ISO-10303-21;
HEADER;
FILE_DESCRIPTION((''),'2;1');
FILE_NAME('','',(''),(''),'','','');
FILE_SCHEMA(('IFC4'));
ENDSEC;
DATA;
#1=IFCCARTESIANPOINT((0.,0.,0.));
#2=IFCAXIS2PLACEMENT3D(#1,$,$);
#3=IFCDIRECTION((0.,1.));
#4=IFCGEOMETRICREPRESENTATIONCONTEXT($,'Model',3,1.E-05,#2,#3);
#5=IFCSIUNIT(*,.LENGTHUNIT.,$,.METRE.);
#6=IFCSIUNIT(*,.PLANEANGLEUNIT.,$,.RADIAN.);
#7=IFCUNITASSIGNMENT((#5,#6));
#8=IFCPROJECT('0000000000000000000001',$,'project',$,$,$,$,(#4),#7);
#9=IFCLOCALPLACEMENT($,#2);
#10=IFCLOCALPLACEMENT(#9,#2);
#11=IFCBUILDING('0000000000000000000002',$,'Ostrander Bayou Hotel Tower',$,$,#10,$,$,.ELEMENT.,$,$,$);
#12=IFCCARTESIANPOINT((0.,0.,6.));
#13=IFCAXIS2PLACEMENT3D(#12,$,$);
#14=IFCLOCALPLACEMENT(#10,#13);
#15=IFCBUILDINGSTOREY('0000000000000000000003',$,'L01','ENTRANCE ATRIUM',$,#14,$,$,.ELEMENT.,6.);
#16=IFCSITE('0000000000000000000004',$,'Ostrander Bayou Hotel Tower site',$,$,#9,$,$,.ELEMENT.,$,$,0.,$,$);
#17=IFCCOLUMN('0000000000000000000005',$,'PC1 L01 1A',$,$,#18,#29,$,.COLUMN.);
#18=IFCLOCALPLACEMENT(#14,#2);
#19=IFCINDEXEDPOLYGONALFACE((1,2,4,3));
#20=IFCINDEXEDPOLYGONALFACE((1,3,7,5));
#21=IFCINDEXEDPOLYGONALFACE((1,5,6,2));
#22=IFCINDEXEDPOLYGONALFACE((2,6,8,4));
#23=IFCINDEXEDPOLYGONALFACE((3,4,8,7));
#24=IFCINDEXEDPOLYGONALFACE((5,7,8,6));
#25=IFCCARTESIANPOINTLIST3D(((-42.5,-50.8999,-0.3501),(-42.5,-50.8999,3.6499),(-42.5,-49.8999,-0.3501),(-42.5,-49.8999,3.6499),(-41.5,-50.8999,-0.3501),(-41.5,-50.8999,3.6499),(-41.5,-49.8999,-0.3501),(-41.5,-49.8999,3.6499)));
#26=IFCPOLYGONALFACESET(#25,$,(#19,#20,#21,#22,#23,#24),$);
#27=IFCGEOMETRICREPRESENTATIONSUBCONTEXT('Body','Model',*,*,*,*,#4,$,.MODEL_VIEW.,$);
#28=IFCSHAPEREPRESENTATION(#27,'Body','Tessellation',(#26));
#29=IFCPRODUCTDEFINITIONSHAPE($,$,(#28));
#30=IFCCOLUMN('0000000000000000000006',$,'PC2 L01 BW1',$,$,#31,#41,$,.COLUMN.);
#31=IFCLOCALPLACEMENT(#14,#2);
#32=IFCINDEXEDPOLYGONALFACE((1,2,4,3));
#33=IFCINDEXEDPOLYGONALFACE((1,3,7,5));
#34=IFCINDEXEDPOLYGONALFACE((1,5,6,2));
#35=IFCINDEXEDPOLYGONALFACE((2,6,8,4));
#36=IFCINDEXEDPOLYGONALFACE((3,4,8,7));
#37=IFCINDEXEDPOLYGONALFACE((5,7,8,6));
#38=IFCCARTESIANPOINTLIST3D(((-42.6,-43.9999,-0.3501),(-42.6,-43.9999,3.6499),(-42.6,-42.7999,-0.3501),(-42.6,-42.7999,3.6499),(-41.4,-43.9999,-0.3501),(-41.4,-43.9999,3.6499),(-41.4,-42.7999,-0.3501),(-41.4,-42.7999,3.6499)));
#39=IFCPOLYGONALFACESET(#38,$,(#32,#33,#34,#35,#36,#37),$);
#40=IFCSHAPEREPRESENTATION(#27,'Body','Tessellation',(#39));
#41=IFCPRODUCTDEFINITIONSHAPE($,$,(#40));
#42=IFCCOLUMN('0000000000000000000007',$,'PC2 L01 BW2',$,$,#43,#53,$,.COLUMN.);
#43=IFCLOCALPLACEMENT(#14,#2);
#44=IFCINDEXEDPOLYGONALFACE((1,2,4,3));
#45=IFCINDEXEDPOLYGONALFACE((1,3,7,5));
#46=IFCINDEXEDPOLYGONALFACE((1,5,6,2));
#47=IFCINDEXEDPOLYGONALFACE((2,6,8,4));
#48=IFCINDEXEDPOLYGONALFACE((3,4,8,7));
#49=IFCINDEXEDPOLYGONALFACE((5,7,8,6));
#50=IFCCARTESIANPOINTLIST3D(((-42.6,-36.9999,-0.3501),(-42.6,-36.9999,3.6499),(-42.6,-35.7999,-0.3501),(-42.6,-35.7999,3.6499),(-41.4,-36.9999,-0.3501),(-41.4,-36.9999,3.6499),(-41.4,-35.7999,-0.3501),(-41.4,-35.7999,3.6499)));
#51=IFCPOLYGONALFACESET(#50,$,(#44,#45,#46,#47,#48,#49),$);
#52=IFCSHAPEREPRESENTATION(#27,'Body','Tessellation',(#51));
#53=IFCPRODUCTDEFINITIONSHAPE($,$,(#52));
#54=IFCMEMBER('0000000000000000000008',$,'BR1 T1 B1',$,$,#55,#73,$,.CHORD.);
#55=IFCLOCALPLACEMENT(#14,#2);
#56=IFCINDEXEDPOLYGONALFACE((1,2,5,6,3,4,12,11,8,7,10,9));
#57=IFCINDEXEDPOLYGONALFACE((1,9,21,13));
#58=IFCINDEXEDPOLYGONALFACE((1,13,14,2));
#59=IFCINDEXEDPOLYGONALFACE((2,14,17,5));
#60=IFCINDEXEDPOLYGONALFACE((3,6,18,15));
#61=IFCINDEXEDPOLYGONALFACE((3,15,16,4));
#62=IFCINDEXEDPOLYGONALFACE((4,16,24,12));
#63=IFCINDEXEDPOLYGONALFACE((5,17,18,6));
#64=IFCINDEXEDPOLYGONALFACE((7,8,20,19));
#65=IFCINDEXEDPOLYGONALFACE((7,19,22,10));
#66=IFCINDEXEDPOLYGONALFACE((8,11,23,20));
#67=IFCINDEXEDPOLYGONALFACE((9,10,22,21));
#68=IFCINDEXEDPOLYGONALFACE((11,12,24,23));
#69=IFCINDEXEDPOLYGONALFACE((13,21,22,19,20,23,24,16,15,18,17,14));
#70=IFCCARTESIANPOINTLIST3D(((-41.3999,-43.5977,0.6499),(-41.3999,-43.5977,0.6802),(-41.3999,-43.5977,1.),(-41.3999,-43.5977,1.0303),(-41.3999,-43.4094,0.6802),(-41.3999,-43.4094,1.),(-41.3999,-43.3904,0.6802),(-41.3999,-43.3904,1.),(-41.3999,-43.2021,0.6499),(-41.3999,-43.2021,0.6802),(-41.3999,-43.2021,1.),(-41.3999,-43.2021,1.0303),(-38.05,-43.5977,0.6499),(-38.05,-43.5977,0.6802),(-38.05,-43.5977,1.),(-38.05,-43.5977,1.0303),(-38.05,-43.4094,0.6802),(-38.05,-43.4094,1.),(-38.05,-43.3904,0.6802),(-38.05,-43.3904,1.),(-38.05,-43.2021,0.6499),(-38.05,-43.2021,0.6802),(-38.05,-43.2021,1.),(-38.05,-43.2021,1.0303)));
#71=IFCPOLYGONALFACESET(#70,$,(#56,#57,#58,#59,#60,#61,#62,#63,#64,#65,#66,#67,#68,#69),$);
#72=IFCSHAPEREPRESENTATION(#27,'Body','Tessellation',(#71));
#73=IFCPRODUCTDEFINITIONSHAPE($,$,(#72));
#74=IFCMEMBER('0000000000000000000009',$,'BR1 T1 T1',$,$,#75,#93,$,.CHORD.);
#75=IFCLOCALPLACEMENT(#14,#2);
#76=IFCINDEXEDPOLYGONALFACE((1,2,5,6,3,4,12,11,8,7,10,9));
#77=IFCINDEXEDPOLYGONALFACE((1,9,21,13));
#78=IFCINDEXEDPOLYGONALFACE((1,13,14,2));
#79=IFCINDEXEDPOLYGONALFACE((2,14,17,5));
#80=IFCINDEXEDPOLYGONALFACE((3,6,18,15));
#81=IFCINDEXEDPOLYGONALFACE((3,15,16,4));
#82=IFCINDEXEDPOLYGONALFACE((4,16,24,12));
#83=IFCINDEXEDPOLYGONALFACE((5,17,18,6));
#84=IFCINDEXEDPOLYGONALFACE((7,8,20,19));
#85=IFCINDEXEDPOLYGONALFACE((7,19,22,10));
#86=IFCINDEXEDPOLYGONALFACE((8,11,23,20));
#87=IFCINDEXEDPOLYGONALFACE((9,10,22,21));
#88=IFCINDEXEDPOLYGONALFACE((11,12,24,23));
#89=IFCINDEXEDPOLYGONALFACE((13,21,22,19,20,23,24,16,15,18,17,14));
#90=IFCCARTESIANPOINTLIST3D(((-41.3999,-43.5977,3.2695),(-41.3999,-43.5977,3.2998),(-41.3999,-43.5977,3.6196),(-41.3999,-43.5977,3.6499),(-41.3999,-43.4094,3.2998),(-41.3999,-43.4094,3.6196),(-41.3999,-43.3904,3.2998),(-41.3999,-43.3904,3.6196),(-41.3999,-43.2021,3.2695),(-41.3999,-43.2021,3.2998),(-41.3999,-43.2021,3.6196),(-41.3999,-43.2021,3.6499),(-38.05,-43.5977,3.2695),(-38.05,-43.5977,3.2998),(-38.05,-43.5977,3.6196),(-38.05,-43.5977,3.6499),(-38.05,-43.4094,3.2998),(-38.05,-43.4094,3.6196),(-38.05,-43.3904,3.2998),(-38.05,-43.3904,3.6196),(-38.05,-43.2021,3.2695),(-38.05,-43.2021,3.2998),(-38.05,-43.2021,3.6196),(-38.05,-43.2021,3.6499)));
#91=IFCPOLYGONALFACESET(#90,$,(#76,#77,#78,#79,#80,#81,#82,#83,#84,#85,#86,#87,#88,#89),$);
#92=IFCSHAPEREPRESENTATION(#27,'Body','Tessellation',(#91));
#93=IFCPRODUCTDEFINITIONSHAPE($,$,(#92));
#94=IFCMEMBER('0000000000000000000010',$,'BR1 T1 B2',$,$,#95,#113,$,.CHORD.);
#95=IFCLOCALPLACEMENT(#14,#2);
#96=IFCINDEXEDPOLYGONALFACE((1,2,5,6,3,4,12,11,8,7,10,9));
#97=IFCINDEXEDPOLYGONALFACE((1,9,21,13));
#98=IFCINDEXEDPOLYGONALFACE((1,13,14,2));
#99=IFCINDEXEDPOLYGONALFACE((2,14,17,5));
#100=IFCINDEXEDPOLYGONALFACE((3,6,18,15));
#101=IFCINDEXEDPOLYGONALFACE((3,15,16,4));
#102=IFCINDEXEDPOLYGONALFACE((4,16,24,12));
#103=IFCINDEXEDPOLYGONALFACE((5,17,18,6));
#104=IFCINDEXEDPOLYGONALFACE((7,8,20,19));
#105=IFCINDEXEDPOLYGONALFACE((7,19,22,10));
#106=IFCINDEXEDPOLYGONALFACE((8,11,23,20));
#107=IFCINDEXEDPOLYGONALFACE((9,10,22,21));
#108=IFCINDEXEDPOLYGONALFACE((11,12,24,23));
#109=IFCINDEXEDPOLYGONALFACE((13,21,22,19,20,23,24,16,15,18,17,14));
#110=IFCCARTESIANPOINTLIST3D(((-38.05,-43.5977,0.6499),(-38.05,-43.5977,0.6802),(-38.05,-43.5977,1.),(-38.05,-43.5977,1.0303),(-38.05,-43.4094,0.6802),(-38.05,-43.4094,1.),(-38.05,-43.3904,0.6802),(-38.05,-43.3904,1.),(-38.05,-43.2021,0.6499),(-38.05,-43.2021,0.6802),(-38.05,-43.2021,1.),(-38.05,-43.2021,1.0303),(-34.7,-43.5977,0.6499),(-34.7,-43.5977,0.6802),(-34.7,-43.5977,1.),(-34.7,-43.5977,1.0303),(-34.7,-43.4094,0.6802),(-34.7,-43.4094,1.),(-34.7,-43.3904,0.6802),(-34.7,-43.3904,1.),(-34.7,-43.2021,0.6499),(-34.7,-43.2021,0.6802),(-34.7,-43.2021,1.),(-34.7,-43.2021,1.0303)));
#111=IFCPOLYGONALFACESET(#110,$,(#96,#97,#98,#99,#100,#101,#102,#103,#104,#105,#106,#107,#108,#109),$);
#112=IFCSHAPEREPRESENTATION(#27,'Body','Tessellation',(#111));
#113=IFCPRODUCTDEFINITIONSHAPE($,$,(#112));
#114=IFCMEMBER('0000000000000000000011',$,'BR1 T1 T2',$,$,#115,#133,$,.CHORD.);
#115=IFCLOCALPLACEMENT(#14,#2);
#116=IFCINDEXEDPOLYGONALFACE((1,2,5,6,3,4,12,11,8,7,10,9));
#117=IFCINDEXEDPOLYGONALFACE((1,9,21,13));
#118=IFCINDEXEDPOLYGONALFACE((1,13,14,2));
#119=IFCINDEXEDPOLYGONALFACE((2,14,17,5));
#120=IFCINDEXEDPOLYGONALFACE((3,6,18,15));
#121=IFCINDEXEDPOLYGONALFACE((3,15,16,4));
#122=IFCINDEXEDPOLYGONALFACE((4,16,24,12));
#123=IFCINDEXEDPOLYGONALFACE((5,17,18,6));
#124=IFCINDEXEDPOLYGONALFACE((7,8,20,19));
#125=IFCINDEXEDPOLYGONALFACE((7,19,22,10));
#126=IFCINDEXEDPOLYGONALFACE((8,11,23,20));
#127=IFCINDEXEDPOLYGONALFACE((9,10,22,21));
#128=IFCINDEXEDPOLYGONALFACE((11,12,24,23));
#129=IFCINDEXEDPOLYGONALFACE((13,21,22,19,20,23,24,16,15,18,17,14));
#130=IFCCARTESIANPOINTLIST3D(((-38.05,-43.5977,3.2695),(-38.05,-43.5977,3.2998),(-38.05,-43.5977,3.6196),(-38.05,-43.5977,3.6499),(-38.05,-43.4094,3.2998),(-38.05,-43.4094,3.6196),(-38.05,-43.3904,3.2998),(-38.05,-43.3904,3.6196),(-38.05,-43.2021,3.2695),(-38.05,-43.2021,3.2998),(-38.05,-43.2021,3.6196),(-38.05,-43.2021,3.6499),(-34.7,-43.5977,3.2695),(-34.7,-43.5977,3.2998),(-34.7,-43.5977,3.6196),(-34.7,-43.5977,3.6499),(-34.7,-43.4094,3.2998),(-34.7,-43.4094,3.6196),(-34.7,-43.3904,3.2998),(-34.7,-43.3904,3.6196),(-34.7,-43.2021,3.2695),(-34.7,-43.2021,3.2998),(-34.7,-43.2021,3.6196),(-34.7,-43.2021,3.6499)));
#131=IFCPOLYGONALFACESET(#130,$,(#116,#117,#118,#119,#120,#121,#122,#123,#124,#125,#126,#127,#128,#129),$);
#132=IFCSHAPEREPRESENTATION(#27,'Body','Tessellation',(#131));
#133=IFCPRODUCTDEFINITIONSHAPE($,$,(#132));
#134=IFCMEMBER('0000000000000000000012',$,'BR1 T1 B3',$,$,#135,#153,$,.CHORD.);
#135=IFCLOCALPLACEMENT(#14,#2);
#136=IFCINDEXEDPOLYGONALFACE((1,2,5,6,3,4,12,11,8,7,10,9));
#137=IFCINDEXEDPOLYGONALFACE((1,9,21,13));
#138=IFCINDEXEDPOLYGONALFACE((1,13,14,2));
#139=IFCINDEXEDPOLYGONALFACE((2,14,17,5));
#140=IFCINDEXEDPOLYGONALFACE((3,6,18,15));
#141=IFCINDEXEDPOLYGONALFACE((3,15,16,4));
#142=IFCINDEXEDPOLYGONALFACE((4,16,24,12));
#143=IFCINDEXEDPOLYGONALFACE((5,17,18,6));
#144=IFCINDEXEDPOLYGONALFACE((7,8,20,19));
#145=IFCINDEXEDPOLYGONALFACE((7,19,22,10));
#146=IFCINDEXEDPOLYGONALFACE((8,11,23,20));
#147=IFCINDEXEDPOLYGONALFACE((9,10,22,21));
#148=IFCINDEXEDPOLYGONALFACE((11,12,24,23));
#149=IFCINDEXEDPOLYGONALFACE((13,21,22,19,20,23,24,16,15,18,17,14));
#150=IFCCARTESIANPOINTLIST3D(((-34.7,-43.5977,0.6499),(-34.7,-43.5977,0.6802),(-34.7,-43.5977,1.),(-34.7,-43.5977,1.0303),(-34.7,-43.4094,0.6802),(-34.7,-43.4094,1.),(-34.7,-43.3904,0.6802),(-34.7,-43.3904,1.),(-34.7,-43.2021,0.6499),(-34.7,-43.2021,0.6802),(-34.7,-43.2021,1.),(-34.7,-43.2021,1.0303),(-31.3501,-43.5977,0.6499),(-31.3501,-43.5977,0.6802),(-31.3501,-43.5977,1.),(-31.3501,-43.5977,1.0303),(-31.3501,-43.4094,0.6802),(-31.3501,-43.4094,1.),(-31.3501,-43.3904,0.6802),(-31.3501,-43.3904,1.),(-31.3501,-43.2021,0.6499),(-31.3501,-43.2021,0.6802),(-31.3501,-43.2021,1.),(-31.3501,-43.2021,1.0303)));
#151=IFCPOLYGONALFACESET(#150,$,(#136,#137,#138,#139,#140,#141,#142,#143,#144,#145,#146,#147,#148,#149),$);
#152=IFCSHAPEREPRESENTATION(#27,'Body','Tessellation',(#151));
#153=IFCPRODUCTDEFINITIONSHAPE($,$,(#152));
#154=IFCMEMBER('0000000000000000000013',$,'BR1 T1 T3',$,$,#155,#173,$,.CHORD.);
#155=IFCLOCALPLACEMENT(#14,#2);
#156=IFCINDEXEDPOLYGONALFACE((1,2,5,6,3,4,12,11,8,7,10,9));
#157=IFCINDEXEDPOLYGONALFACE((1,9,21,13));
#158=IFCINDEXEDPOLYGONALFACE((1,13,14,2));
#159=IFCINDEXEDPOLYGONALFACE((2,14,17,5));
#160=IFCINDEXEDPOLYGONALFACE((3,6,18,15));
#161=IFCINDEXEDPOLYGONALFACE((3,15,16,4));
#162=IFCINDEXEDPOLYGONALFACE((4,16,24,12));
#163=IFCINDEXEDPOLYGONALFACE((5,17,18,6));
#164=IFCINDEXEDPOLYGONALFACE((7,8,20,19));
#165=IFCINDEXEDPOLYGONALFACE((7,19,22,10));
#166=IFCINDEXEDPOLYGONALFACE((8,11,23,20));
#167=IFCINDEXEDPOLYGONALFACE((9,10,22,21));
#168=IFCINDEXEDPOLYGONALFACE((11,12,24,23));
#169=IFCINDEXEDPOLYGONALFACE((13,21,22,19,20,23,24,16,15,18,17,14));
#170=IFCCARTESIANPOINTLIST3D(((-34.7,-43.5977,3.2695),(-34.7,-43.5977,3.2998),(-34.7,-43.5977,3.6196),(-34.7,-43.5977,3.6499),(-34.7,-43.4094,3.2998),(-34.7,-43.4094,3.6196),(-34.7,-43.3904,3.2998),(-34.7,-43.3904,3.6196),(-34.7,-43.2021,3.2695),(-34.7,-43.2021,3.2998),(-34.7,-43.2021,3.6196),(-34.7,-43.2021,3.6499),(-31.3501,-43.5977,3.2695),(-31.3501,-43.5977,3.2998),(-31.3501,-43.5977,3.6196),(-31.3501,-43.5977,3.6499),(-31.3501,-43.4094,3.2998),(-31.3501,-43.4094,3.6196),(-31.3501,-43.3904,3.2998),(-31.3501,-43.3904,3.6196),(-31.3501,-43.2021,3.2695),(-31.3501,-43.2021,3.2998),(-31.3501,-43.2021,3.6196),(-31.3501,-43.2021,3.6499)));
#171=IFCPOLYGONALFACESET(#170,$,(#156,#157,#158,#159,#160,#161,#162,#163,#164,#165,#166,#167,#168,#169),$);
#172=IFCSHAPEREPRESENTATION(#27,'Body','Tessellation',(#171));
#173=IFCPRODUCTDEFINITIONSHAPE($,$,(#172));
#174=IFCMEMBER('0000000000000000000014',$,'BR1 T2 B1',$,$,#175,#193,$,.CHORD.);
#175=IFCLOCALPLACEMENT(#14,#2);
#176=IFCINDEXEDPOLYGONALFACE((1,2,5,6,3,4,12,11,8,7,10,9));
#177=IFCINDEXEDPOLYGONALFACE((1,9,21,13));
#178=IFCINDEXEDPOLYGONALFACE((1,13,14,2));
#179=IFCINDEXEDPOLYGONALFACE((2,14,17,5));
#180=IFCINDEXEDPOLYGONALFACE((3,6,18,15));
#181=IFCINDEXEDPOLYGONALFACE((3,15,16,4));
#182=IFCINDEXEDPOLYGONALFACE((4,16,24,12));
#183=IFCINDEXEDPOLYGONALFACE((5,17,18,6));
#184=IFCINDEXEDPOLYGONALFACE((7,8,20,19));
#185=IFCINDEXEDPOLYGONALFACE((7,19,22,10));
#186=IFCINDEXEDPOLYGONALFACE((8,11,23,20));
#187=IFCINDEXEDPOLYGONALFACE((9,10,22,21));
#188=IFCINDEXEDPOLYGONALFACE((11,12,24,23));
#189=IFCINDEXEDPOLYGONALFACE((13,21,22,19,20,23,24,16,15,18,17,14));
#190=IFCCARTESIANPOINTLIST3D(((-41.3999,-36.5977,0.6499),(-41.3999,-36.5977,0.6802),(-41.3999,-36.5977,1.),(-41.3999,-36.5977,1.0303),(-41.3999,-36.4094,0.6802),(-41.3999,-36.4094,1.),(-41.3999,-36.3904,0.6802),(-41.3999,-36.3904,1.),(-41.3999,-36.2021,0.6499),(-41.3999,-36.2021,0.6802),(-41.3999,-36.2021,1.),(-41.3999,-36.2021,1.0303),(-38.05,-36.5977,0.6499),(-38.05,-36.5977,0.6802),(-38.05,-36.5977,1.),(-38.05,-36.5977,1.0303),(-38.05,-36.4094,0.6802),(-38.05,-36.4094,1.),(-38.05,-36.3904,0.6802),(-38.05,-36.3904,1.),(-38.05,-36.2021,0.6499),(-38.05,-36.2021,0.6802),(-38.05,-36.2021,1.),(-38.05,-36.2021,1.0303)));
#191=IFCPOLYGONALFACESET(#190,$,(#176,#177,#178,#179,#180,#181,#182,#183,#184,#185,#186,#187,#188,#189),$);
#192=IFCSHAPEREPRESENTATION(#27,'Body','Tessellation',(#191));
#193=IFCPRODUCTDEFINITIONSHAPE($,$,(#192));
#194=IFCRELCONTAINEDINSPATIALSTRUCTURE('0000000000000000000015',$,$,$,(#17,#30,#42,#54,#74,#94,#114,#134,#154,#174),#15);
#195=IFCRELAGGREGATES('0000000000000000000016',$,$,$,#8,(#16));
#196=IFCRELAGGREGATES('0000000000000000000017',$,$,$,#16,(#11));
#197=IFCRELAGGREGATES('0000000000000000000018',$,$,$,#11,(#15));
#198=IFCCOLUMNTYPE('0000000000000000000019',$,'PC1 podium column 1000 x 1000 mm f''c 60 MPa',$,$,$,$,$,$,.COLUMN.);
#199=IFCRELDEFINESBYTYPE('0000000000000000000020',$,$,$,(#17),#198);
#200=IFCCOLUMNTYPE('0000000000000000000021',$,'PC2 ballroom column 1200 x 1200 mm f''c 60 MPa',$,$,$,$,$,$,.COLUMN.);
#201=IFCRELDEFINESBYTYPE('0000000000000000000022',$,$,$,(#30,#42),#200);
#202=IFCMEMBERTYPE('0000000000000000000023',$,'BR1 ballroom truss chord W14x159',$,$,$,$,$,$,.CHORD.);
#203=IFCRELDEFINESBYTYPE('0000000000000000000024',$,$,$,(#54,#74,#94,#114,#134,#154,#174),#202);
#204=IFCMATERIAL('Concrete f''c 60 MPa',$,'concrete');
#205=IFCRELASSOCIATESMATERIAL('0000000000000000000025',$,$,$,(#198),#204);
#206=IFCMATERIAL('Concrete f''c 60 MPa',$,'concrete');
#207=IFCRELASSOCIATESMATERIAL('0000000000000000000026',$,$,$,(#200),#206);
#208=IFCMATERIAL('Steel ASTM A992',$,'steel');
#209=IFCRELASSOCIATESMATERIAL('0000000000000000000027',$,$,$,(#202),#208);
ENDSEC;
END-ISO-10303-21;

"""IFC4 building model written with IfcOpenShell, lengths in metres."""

from ifc_helpers import new_model, si_unit, direction, frame, origin, origin_2d, place, context, subcontext, project, spatial, rectangle, i_section, extrude, material, material_profile, profile_set, type_object, element, save


model = new_model("IFC4")

# Units and contexts
model_context = context("Model", 3, precision=1e-05, world=origin(), true_north=direction((0.0, 1.0)))
body_context = subcontext(model_context, "Body", "Model", "MODEL_VIEW")
ifc_project = project(units=[si_unit("LENGTHUNIT", "METRE"), si_unit("PLANEANGLEUNIT", "RADIAN")], contexts=[model_context])

# Site, building, storey
site_placement = place(None, origin())
site = spatial("IfcSite", under=ifc_project, at=site_placement, Name="Ostrander Bayou Hotel Tower site", CompositionType="ELEMENT", RefElevation=0.0)
building_placement = place(site_placement, origin())
building = spatial("IfcBuilding", under=site, at=building_placement, Name="Ostrander Bayou Hotel Tower", CompositionType="ELEMENT")
storey_placement = place(building_placement, frame((0.0, 0.0, 6.0)))
storey = spatial("IfcBuildingStorey", under=building, at=storey_placement, Name="L01", Description="ENTRANCE ATRIUM", CompositionType="ELEMENT", Elevation=6.0)

# Columns
ifc_material_1 = material(Name="Concrete f'c 60 MPa", Category="concrete")
ifc_material_profile_1 = material_profile(ifc_material_1, rectangle(XDim=1.0, YDim=1.0, at=origin_2d()))
ifc_profile_set_1 = profile_set([ifc_material_profile_1], Name="Concrete f'c 60 MPa")
column_type_1 = type_object("IfcColumnType", Name="PC1 podium column 1000 x 1000 mm f'c 60 MPa", PredefinedType="COLUMN", material=ifc_profile_set_1)
column_placement = place(storey_placement, frame((-42.0, -50.3999, -0.3501), z_axis=(0.0, 0.0, 1.0), x_axis=(1.0, 0.0, 0.0)))
element("IfcColumn", 1, at=column_placement, inside=storey, type_object=column_type_1, Name="PC1 L01 1A", PredefinedType="COLUMN", context=body_context, shape_type="SweptSolid", body=[
    extrude(rectangle(XDim=1.0, YDim=1.0, at=origin_2d()), origin(), (0.0, 0.0, 1.0), 4.0),
])
ifc_material_2 = material(Name="Concrete f'c 60 MPa", Category="concrete")
ifc_material_profile_2 = material_profile(ifc_material_2, rectangle(XDim=1.2, YDim=1.2, at=origin_2d()))
ifc_profile_set_2 = profile_set([ifc_material_profile_2], Name="Concrete f'c 60 MPa")
column_type_2 = type_object("IfcColumnType", Name="PC2 ballroom column 1200 x 1200 mm f'c 60 MPa", PredefinedType="COLUMN", material=ifc_profile_set_2)
for number, where, z_axis, x_axis, name in (
    (2, (-42.0, -43.3999, -0.3501), (0.0, 0.0, 1.0), (1.0, 0.0, 0.0), "PC2 L01 BW1"),
    (3, (-42.0, -36.3999, -0.3501), (0.0, 0.0, 1.0), (1.0, 0.0, 0.0), "PC2 L01 BW2"),
):
    element("IfcColumn", number, at=place(storey_placement, frame(where, z_axis=z_axis, x_axis=x_axis)), inside=storey, type_object=column_type_2, Name=name, PredefinedType="COLUMN", context=body_context, shape_type="SweptSolid", body=[
        extrude(rectangle(XDim=1.2, YDim=1.2, at=origin_2d()), origin(), (0.0, 0.0, 1.0), 4.0),
    ])

# Members
ifc_material_3 = material(Name="Steel ASTM A992", Category="steel")
ifc_material_profile_3 = material_profile(ifc_material_3, i_section(OverallWidth=0.3955, OverallDepth=0.3804, WebThickness=0.019, FlangeThickness=0.0303, at=origin_2d()))
ifc_profile_set_3 = profile_set([ifc_material_profile_3], Name="Steel ASTM A992")
member_type_1 = type_object("IfcMemberType", Name="BR1 ballroom truss chord W14x159", PredefinedType="CHORD", material=ifc_profile_set_3)
for number, where, z_axis, x_axis, name in (
    (4, (-41.3999, -43.3999, 0.8401), (1.0, 0.0, 0.0), (0.0, 1.0, 0.0), "BR1 T1 B1"),
    (5, (-41.3999, -43.3999, 3.4597), (1.0, 0.0, 0.0), (0.0, 1.0, 0.0), "BR1 T1 T1"),
):
    element("IfcMember", number, at=place(storey_placement, frame(where, z_axis=z_axis, x_axis=x_axis)), inside=storey, type_object=member_type_1, Name=name, PredefinedType="CHORD", context=body_context, shape_type="SweptSolid", body=[
        extrude(i_section(OverallWidth=0.3955, OverallDepth=0.3804, WebThickness=0.019, FlangeThickness=0.0303, at=origin_2d()), origin(), (0.0, 0.0, 1.0), 3.3499),
    ])
for number, where, z_axis, x_axis, name in (
    (6, (-38.05, -43.3999, 0.8401), (1.0, 0.0, 0.0), (0.0, 1.0, 0.0), "BR1 T1 B2"),
    (7, (-38.05, -43.3999, 3.4597), (1.0, 0.0, 0.0), (0.0, 1.0, 0.0), "BR1 T1 T2"),
):
    element("IfcMember", number, at=place(storey_placement, frame(where, z_axis=z_axis, x_axis=x_axis)), inside=storey, type_object=member_type_1, Name=name, PredefinedType="CHORD", context=body_context, shape_type="SweptSolid", body=[
        extrude(i_section(OverallWidth=0.3955, OverallDepth=0.3804, WebThickness=0.019, FlangeThickness=0.0303, at=origin_2d()), origin(), (0.0, 0.0, 1.0), 3.3501),
    ])
for number, where, z_axis, x_axis, name in (
    (8, (-34.7, -43.3999, 0.8401), (1.0, 0.0, 0.0), (0.0, 1.0, 0.0), "BR1 T1 B3"),
    (9, (-34.7, -43.3999, 3.4597), (1.0, 0.0, 0.0), (0.0, 1.0, 0.0), "BR1 T1 T3"),
    (10, (-41.3999, -36.3999, 0.8401), (1.0, 0.0, 0.0), (0.0, 1.0, 0.0), "BR1 T2 B1"),
):
    element("IfcMember", number, at=place(storey_placement, frame(where, z_axis=z_axis, x_axis=x_axis)), inside=storey, type_object=member_type_1, Name=name, PredefinedType="CHORD", context=body_context, shape_type="SweptSolid", body=[
        extrude(i_section(OverallWidth=0.3955, OverallDepth=0.3804, WebThickness=0.019, FlangeThickness=0.0303, at=origin_2d()), origin(), (0.0, 0.0, 1.0), 3.3499),
    ])

save(model, "model.ifc")
